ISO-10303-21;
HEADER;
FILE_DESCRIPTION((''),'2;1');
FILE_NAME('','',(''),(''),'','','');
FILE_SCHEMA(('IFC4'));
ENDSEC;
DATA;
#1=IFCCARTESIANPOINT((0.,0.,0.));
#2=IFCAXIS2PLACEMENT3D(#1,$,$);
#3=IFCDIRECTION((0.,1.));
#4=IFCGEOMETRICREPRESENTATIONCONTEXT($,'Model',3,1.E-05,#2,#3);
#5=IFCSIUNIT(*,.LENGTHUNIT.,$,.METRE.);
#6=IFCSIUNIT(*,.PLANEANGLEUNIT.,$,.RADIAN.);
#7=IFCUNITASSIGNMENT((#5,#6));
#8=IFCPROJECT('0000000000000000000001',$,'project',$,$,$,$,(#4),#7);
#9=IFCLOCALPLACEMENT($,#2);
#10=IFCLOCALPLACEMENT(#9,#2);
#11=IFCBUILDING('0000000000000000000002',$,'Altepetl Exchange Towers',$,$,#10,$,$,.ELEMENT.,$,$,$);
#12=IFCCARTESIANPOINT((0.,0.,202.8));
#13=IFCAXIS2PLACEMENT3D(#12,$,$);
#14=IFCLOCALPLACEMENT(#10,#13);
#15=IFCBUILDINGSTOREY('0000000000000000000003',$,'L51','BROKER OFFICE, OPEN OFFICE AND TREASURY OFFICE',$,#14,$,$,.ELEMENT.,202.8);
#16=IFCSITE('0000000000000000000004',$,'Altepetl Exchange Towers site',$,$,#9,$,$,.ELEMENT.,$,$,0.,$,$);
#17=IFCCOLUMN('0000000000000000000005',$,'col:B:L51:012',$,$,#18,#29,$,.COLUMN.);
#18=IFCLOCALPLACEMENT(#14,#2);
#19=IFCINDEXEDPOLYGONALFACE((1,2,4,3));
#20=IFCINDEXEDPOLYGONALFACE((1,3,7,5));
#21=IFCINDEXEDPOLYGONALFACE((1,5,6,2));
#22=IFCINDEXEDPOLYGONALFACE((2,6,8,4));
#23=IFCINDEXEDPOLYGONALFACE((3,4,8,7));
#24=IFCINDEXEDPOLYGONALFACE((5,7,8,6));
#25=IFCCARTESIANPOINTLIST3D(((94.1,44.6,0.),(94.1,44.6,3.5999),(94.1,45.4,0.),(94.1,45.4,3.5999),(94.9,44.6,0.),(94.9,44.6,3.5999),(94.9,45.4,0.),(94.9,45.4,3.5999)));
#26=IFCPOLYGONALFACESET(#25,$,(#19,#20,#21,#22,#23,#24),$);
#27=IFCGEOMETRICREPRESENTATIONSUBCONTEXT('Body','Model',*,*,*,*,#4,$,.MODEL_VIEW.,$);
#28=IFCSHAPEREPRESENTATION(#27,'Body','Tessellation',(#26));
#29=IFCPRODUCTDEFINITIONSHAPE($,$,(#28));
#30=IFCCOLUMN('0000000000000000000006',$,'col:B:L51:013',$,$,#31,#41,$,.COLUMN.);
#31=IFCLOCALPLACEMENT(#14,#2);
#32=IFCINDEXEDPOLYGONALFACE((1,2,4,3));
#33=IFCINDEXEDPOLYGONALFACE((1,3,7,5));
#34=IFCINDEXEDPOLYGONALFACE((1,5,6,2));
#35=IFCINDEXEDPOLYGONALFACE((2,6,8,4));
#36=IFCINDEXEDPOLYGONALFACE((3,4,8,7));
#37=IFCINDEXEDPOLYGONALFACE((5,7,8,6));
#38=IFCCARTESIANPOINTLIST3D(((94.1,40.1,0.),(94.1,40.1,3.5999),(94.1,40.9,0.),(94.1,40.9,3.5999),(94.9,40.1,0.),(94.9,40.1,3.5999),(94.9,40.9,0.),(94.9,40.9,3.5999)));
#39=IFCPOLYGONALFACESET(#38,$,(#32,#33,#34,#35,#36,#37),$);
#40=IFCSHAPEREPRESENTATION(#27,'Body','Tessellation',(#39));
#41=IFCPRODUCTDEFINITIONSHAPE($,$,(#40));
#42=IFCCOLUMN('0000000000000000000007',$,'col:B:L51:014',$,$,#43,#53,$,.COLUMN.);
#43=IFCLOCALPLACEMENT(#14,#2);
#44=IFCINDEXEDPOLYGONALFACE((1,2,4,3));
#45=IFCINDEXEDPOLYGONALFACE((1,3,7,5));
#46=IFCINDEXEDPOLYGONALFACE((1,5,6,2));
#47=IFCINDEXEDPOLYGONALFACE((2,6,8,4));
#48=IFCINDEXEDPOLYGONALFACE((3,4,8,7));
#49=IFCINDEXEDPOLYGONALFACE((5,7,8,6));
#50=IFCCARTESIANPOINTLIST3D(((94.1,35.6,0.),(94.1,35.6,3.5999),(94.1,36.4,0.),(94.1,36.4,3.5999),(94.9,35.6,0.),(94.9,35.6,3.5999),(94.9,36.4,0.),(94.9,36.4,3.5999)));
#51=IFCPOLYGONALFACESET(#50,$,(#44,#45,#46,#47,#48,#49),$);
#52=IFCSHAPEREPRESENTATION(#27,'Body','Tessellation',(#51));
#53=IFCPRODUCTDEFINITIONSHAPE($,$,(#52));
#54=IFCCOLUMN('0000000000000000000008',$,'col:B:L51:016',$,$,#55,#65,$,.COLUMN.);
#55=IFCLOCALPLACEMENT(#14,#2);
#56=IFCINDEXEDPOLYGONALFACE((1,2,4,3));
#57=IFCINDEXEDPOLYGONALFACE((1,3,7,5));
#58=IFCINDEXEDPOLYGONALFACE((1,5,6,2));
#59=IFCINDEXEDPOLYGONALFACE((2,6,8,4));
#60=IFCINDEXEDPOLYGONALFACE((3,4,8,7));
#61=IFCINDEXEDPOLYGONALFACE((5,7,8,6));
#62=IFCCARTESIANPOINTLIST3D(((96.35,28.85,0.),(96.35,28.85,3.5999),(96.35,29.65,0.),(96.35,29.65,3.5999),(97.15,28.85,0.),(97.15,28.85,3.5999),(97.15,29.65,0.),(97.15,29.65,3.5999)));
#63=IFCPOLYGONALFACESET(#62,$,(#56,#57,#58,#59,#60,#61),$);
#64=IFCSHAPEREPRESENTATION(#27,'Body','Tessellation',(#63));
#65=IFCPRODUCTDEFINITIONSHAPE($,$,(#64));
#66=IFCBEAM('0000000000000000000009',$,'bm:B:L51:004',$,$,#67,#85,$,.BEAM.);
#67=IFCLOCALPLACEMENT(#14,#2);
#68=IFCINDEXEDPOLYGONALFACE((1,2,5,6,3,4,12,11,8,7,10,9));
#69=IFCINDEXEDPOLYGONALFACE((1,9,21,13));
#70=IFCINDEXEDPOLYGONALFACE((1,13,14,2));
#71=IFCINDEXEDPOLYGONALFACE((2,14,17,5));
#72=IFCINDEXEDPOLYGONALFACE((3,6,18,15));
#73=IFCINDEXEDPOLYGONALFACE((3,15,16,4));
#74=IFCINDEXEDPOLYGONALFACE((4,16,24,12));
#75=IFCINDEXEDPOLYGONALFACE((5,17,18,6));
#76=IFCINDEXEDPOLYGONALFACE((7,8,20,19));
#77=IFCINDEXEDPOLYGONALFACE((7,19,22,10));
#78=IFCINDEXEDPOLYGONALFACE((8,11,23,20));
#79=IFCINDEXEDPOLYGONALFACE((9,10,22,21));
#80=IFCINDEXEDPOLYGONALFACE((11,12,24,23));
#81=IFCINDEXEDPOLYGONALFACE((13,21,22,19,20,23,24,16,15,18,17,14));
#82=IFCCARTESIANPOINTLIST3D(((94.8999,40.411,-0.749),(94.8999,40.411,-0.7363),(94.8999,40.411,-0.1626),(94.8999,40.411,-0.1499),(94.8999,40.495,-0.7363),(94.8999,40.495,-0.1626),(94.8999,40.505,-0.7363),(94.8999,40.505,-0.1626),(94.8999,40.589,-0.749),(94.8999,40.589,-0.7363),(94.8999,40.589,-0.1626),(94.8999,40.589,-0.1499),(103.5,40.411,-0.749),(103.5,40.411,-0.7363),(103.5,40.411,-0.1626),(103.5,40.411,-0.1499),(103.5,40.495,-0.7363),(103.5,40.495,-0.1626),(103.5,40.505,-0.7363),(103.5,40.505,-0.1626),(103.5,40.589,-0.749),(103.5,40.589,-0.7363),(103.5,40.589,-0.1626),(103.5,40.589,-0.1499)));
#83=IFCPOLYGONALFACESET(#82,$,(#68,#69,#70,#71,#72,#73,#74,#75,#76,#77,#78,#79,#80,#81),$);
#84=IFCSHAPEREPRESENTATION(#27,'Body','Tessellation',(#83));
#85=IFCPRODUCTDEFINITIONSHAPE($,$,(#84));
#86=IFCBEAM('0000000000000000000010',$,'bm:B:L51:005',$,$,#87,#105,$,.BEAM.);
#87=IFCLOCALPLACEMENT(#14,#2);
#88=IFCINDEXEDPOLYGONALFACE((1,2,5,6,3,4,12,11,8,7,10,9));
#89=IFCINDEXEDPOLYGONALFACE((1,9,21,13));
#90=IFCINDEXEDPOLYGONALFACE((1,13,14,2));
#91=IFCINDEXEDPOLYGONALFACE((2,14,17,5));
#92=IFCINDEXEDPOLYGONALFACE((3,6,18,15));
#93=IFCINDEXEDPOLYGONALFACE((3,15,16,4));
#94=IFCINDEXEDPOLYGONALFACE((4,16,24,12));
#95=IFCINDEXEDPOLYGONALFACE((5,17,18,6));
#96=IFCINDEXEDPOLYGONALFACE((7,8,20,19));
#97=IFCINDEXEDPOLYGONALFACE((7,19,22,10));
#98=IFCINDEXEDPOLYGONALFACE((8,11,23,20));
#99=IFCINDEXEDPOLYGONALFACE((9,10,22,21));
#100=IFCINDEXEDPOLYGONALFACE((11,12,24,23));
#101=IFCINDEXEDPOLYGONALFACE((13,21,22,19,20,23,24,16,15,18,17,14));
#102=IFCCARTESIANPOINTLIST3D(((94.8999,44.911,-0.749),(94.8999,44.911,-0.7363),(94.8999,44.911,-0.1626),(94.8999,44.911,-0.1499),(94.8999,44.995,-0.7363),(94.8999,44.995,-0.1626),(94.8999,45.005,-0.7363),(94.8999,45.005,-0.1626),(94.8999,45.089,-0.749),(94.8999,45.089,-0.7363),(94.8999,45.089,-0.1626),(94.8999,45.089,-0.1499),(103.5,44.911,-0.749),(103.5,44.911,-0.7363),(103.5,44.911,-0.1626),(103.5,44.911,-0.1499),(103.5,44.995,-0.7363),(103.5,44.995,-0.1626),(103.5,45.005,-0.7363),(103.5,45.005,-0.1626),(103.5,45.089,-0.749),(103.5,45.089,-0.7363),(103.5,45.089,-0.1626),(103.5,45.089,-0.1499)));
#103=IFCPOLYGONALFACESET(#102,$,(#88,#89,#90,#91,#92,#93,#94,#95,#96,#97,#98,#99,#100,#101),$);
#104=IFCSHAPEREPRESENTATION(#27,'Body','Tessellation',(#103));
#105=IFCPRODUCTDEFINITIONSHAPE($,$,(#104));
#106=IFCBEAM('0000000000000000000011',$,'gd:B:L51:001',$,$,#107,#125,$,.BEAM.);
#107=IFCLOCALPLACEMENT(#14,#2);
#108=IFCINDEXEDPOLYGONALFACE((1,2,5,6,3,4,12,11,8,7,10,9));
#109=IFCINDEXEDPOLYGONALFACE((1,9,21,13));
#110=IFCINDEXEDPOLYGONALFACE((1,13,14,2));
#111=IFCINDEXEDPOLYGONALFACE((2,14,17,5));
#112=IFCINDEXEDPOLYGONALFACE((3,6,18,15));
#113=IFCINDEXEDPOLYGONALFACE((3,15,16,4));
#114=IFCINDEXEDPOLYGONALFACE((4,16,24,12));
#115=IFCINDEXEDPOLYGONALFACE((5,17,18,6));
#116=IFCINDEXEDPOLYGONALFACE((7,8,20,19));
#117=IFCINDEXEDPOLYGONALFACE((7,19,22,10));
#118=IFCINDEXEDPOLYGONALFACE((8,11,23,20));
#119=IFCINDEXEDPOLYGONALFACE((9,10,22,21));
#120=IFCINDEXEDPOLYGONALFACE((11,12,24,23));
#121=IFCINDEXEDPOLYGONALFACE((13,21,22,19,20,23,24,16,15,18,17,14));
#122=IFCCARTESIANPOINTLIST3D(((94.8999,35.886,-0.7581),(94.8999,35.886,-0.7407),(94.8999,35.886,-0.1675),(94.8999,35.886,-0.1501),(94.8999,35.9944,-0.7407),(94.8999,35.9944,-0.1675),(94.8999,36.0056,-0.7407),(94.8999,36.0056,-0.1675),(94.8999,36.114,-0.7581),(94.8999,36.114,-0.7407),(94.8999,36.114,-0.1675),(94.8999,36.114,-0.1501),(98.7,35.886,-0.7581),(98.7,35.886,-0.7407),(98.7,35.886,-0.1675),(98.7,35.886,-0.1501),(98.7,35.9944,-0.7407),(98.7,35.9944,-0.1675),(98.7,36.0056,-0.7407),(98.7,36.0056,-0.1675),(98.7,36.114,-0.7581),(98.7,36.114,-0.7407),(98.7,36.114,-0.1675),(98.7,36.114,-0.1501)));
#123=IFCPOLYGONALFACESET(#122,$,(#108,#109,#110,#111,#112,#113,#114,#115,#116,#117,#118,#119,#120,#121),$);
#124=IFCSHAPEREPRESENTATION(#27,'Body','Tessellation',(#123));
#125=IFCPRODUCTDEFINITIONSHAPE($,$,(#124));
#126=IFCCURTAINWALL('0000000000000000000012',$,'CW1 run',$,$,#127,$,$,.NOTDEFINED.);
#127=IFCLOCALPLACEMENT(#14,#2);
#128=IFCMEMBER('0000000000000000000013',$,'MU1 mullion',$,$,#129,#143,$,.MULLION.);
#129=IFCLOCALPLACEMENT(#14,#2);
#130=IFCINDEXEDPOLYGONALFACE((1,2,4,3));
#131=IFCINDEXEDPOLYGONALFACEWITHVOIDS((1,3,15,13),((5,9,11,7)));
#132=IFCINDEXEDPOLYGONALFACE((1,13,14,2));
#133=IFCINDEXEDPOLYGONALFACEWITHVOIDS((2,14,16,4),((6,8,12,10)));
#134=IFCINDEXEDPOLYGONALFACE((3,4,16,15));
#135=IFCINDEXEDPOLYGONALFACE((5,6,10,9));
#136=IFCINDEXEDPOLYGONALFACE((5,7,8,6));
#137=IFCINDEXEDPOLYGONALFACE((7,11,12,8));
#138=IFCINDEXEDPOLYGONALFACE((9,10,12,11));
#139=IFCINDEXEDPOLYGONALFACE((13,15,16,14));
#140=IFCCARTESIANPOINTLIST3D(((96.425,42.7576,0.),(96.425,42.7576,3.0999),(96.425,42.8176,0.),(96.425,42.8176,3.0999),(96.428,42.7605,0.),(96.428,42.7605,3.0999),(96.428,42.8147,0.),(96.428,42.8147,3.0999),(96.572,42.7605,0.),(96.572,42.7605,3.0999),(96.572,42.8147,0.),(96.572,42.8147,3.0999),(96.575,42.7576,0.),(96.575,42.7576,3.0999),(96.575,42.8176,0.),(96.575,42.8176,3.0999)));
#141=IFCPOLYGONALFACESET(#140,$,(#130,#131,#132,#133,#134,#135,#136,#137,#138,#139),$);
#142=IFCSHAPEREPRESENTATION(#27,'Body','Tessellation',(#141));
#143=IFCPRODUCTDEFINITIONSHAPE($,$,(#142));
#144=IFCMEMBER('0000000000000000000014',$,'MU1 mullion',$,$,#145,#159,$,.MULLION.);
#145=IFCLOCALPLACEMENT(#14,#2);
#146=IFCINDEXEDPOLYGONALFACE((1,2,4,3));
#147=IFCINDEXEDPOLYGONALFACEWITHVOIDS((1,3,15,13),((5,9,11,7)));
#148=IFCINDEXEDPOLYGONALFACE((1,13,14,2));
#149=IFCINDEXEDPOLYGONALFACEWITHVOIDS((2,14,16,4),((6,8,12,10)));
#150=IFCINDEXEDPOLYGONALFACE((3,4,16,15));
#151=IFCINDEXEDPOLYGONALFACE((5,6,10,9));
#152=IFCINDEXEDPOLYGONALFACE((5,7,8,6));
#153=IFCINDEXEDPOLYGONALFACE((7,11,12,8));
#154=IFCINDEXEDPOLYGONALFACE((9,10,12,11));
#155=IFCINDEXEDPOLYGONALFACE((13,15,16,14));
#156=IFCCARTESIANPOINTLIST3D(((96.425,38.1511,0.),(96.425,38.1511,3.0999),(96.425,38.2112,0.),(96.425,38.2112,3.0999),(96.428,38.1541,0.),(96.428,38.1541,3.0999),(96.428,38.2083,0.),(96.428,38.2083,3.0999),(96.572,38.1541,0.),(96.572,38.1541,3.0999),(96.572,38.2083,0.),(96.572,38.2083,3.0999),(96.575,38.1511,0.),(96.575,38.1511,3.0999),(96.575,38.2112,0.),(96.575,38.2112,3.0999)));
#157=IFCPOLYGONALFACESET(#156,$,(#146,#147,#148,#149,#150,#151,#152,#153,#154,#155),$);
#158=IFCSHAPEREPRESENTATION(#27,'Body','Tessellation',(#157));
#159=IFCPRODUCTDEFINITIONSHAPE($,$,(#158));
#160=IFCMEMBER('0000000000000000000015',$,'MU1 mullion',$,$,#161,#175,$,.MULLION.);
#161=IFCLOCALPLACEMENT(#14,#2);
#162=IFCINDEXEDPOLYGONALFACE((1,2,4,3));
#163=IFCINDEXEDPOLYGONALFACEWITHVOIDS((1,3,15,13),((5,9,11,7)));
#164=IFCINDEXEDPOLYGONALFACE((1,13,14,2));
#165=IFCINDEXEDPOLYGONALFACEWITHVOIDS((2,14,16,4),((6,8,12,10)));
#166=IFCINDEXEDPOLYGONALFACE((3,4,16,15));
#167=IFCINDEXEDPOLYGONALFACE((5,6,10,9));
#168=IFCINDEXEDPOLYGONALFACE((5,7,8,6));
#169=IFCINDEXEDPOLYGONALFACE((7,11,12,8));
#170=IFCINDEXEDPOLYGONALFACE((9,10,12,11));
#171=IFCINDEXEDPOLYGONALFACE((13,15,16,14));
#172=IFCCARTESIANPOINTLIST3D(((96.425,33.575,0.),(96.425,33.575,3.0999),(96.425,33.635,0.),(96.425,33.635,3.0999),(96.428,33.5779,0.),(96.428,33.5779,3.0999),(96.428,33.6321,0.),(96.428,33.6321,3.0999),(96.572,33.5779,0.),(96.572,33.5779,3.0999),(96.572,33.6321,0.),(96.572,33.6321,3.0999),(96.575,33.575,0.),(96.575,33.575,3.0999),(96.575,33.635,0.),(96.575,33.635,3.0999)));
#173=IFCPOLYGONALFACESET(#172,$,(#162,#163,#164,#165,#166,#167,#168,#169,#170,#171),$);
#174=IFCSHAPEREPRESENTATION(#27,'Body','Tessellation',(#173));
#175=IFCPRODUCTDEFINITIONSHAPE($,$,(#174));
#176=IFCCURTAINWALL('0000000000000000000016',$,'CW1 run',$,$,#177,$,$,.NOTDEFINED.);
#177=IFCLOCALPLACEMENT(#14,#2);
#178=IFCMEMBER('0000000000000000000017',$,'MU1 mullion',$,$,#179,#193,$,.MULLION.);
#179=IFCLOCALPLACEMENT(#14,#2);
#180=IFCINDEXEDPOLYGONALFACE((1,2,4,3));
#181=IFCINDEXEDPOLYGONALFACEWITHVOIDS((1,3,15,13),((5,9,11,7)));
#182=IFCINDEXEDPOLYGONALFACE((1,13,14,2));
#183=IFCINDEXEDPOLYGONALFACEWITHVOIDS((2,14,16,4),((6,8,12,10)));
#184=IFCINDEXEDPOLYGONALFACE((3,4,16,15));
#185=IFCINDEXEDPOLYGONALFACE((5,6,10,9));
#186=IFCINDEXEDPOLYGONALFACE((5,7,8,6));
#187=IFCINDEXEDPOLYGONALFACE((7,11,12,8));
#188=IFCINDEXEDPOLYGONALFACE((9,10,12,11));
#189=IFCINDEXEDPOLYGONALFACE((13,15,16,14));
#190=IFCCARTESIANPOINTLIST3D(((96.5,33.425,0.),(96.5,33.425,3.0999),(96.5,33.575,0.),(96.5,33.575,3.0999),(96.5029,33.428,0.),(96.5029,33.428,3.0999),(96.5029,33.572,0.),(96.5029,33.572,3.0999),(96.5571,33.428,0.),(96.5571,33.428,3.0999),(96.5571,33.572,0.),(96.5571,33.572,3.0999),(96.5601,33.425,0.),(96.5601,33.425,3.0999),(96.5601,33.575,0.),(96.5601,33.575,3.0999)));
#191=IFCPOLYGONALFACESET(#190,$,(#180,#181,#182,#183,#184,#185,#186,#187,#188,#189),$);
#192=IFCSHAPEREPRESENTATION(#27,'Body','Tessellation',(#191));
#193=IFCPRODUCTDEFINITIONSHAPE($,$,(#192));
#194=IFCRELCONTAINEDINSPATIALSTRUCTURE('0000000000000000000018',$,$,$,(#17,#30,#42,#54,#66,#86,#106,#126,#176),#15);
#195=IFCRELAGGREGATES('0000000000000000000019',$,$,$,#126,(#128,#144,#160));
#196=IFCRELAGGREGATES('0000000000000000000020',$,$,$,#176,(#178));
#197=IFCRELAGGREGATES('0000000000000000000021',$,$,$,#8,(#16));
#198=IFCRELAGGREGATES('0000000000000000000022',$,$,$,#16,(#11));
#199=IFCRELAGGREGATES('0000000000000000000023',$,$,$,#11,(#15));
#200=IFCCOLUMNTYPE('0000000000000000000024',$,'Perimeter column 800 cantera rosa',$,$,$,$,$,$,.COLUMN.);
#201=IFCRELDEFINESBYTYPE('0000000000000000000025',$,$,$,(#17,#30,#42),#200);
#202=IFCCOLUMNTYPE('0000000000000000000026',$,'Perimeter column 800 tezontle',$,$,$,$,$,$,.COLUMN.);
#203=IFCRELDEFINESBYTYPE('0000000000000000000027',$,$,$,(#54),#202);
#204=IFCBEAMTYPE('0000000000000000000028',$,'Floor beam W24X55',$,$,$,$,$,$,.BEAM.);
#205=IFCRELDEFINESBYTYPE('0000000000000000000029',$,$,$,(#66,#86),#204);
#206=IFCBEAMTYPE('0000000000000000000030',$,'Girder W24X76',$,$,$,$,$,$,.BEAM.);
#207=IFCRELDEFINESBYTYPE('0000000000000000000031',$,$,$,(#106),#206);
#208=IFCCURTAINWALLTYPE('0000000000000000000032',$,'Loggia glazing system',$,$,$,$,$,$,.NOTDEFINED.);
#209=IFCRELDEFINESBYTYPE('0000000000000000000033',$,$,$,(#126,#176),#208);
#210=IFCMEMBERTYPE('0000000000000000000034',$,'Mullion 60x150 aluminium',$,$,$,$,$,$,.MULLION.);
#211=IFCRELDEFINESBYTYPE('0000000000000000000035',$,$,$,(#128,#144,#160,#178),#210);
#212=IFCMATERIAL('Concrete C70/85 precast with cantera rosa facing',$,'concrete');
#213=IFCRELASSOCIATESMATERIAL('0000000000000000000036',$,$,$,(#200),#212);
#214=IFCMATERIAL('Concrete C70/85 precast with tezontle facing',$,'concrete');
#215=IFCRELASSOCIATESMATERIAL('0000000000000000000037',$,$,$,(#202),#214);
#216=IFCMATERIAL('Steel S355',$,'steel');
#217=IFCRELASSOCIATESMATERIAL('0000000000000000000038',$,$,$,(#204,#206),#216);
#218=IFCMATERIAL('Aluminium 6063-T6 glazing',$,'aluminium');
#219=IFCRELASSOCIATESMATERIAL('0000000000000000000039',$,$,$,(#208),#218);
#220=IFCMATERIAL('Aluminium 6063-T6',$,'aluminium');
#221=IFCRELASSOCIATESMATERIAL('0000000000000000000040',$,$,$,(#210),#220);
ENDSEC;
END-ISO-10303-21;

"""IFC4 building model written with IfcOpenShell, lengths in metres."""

from ifc_helpers import new_model, si_unit, direction, frame, origin, origin_2d, place, context, subcontext, project, spatial, rectangle, hollow_rectangle, i_section, extrude, material, material_profile, profile_set, type_object, element, aggregate, save


model = new_model("IFC4")

# Units and contexts
model_context = context("Model", 3, precision=1e-05, world=origin(), true_north=direction((0.0, 1.0)))
body_context = subcontext(model_context, "Body", "Model", "MODEL_VIEW")
ifc_project = project(units=[si_unit("LENGTHUNIT", "METRE"), si_unit("PLANEANGLEUNIT", "RADIAN")], contexts=[model_context])

# Site, building, storey
site_placement = place(None, origin())
site = spatial("IfcSite", under=ifc_project, at=site_placement, Name="Altepetl Exchange Towers site", CompositionType="ELEMENT", RefElevation=0.0)
building_placement = place(site_placement, origin())
building = spatial("IfcBuilding", under=site, at=building_placement, Name="Altepetl Exchange Towers", CompositionType="ELEMENT")
storey_placement = place(building_placement, frame((0.0, 0.0, 202.8)))
storey = spatial("IfcBuildingStorey", under=building, at=storey_placement, Name="L51", Description="BROKER OFFICE, OPEN OFFICE AND TREASURY OFFICE", CompositionType="ELEMENT", Elevation=202.8)

# Columns
ifc_material_1 = material(Name="Concrete C70/85 precast with cantera rosa facing", Category="concrete")
ifc_material_profile_1 = material_profile(ifc_material_1, rectangle(XDim=0.8, YDim=0.8, at=origin_2d()), Name="800 x 800")
ifc_profile_set_1 = profile_set([ifc_material_profile_1], Name="Concrete C70/85 precast with cantera rosa facing")
column_type_1 = type_object("IfcColumnType", Name="Perimeter column 800 cantera rosa", PredefinedType="COLUMN", material=ifc_profile_set_1)
for number, where, name in (
    (1, (94.5, 45.0, 0.0), "col:B:L51:012"),
    (2, (94.5, 40.5, 0.0), "col:B:L51:013"),
    (3, (94.5, 36.0, 0.0), "col:B:L51:014"),
):
    element("IfcColumn", number, at=place(storey_placement, frame(where)), inside=storey, type_object=column_type_1, Name=name, PredefinedType="COLUMN", context=body_context, shape_type="SweptSolid", body=[
        extrude(rectangle(XDim=0.8, YDim=0.8, at=origin_2d()), origin(), (0.0, 0.0, 1.0), 3.5999),
    ])
ifc_material_2 = material(Name="Concrete C70/85 precast with tezontle facing", Category="concrete")
ifc_material_profile_2 = material_profile(ifc_material_2, rectangle(XDim=0.8, YDim=0.8, at=origin_2d()), Name="800 x 800")
ifc_profile_set_2 = profile_set([ifc_material_profile_2], Name="Concrete C70/85 precast with tezontle facing")
column_type_2 = type_object("IfcColumnType", Name="Perimeter column 800 tezontle", PredefinedType="COLUMN", material=ifc_profile_set_2)
column_placement = place(storey_placement, frame((96.75, 29.25, 0.0)))
element("IfcColumn", 4, at=column_placement, inside=storey, type_object=column_type_2, Name="col:B:L51:016", PredefinedType="COLUMN", context=body_context, shape_type="SweptSolid", body=[
    extrude(rectangle(XDim=0.8, YDim=0.8, at=origin_2d()), origin(), (0.0, 0.0, 1.0), 3.5999),
])

# Beams
ifc_material_3 = material(Name="Steel S355", Category="steel")
ifc_material_profile_3 = material_profile(ifc_material_3, i_section(OverallWidth=0.178, OverallDepth=0.5991, WebThickness=0.01, FlangeThickness=0.0127, at=origin_2d()), Name="W24X55")
ifc_profile_set_3 = profile_set([ifc_material_profile_3], Name="Steel S355")
beam_type_1 = type_object("IfcBeamType", Name="Floor beam W24X55", PredefinedType="BEAM", material=ifc_profile_set_3)
for number, where, z_axis, x_axis, name in (
    (5, (94.8999, 40.5, -0.4495), (1.0, 0.0, 0.0), (0.0, 1.0, 0.0), "bm:B:L51:004"),
    (6, (94.8999, 45.0, -0.4495), (1.0, 0.0, 0.0), (0.0, 1.0, 0.0), "bm:B:L51:005"),
):
    element("IfcBeam", number, at=place(storey_placement, frame(where, z_axis=z_axis, x_axis=x_axis)), inside=storey, type_object=beam_type_1, Name=name, PredefinedType="BEAM", context=body_context, shape_type="SweptSolid", body=[
        extrude(i_section(OverallWidth=0.178, OverallDepth=0.5991, WebThickness=0.01, FlangeThickness=0.0127, at=origin_2d()), origin(), (0.0, 0.0, 1.0), 8.6001),
    ])
ifc_material_profile_4 = material_profile(ifc_material_3, i_section(OverallWidth=0.228, OverallDepth=0.6079, WebThickness=0.0112, FlangeThickness=0.0173, at=origin_2d()), Name="W24X76")
ifc_profile_set_4 = profile_set([ifc_material_profile_4], Name="Steel S355")
beam_type_2 = type_object("IfcBeamType", Name="Girder W24X76", PredefinedType="BEAM", material=ifc_profile_set_4)
beam_1_placement = place(storey_placement, frame((98.7, 36.0, -0.4541), z_axis=(-1.0, 0.0, 0.0), x_axis=(0.0, -1.0, 0.0)))
element("IfcBeam", 7, at=beam_1_placement, inside=storey, type_object=beam_type_2, Name="gd:B:L51:001", PredefinedType="BEAM", context=body_context, shape_type="SweptSolid", body=[
    extrude(i_section(OverallWidth=0.228, OverallDepth=0.6079, WebThickness=0.0112, FlangeThickness=0.0173, at=origin_2d()), origin(), (0.0, 0.0, 1.0), 3.8),
])

# Curtain walls, members
ifc_material_4 = material(Name="Aluminium 6063-T6 glazing", Category="aluminium")
curtain_wall_type = type_object("IfcCurtainWallType", Name="Loggia glazing system", PredefinedType="NOTDEFINED", material=ifc_material_4)
curtain_wall_1_placement = place(storey_placement, origin())
curtain_wall_1 = element("IfcCurtainWall", 8, at=curtain_wall_1_placement, inside=storey, type_object=curtain_wall_type, Name="CW1 run", PredefinedType="NOTDEFINED")
ifc_material_5 = material(Name="Aluminium 6063-T6", Category="aluminium")
ifc_material_profile_5 = material_profile(ifc_material_5, hollow_rectangle(XDim=0.0601, YDim=0.1499, WallThickness=0.0029, at=origin_2d()), Name="Mullion 60x150 aluminium")
ifc_profile_set_5 = profile_set([ifc_material_profile_5], Name="Aluminium 6063-T6")
member_type = type_object("IfcMemberType", Name="Mullion 60x150 aluminium", PredefinedType="MULLION", material=ifc_profile_set_5)
member_1_placement = place(storey_placement, frame((96.5, 42.7876, 0.0), z_axis=(0.0, 0.0, 1.0), x_axis=(0.0, -1.0, 0.0)))
member_1 = element("IfcMember", 9, at=member_1_placement, type_object=member_type, Name="MU1 mullion", PredefinedType="MULLION", context=body_context, shape_type="SweptSolid", body=[
    extrude(hollow_rectangle(XDim=0.0601, YDim=0.1499, WallThickness=0.0029, at=origin_2d()), origin(), (0.0, 0.0, 1.0), 3.0999),
])
member_2_placement = place(storey_placement, frame((96.5, 38.1812, 0.0), z_axis=(0.0, 0.0, 1.0), x_axis=(0.0, -1.0, 0.0)))
member_2 = element("IfcMember", 10, at=member_2_placement, type_object=member_type, Name="MU1 mullion", PredefinedType="MULLION", context=body_context, shape_type="SweptSolid", body=[
    extrude(hollow_rectangle(XDim=0.0601, YDim=0.1499, WallThickness=0.0029, at=origin_2d()), origin(), (0.0, 0.0, 1.0), 3.0999),
])
member_3_placement = place(storey_placement, frame((96.5, 33.605, 0.0), z_axis=(0.0, 0.0, 1.0), x_axis=(0.0, -1.0, 0.0)))
member_3 = element("IfcMember", 11, at=member_3_placement, type_object=member_type, Name="MU1 mullion", PredefinedType="MULLION", context=body_context, shape_type="SweptSolid", body=[
    extrude(hollow_rectangle(XDim=0.0601, YDim=0.1499, WallThickness=0.0029, at=origin_2d()), origin(), (0.0, 0.0, 1.0), 3.0999),
])
curtain_wall_2_placement = place(storey_placement, origin())
curtain_wall_2 = element("IfcCurtainWall", 12, at=curtain_wall_2_placement, inside=storey, type_object=curtain_wall_type, Name="CW1 run", PredefinedType="NOTDEFINED")
member_4_placement = place(storey_placement, frame((96.53, 33.5, 0.0)))
member_4 = element("IfcMember", 13, at=member_4_placement, type_object=member_type, Name="MU1 mullion", PredefinedType="MULLION", context=body_context, shape_type="SweptSolid", body=[
    extrude(hollow_rectangle(XDim=0.0601, YDim=0.1499, WallThickness=0.0029, at=origin_2d()), origin(), (0.0, 0.0, 1.0), 3.0999),
])

aggregate(curtain_wall_1, [member_1, member_2, member_3])
aggregate(curtain_wall_2, [member_4])

save(model, "model.ifc")
